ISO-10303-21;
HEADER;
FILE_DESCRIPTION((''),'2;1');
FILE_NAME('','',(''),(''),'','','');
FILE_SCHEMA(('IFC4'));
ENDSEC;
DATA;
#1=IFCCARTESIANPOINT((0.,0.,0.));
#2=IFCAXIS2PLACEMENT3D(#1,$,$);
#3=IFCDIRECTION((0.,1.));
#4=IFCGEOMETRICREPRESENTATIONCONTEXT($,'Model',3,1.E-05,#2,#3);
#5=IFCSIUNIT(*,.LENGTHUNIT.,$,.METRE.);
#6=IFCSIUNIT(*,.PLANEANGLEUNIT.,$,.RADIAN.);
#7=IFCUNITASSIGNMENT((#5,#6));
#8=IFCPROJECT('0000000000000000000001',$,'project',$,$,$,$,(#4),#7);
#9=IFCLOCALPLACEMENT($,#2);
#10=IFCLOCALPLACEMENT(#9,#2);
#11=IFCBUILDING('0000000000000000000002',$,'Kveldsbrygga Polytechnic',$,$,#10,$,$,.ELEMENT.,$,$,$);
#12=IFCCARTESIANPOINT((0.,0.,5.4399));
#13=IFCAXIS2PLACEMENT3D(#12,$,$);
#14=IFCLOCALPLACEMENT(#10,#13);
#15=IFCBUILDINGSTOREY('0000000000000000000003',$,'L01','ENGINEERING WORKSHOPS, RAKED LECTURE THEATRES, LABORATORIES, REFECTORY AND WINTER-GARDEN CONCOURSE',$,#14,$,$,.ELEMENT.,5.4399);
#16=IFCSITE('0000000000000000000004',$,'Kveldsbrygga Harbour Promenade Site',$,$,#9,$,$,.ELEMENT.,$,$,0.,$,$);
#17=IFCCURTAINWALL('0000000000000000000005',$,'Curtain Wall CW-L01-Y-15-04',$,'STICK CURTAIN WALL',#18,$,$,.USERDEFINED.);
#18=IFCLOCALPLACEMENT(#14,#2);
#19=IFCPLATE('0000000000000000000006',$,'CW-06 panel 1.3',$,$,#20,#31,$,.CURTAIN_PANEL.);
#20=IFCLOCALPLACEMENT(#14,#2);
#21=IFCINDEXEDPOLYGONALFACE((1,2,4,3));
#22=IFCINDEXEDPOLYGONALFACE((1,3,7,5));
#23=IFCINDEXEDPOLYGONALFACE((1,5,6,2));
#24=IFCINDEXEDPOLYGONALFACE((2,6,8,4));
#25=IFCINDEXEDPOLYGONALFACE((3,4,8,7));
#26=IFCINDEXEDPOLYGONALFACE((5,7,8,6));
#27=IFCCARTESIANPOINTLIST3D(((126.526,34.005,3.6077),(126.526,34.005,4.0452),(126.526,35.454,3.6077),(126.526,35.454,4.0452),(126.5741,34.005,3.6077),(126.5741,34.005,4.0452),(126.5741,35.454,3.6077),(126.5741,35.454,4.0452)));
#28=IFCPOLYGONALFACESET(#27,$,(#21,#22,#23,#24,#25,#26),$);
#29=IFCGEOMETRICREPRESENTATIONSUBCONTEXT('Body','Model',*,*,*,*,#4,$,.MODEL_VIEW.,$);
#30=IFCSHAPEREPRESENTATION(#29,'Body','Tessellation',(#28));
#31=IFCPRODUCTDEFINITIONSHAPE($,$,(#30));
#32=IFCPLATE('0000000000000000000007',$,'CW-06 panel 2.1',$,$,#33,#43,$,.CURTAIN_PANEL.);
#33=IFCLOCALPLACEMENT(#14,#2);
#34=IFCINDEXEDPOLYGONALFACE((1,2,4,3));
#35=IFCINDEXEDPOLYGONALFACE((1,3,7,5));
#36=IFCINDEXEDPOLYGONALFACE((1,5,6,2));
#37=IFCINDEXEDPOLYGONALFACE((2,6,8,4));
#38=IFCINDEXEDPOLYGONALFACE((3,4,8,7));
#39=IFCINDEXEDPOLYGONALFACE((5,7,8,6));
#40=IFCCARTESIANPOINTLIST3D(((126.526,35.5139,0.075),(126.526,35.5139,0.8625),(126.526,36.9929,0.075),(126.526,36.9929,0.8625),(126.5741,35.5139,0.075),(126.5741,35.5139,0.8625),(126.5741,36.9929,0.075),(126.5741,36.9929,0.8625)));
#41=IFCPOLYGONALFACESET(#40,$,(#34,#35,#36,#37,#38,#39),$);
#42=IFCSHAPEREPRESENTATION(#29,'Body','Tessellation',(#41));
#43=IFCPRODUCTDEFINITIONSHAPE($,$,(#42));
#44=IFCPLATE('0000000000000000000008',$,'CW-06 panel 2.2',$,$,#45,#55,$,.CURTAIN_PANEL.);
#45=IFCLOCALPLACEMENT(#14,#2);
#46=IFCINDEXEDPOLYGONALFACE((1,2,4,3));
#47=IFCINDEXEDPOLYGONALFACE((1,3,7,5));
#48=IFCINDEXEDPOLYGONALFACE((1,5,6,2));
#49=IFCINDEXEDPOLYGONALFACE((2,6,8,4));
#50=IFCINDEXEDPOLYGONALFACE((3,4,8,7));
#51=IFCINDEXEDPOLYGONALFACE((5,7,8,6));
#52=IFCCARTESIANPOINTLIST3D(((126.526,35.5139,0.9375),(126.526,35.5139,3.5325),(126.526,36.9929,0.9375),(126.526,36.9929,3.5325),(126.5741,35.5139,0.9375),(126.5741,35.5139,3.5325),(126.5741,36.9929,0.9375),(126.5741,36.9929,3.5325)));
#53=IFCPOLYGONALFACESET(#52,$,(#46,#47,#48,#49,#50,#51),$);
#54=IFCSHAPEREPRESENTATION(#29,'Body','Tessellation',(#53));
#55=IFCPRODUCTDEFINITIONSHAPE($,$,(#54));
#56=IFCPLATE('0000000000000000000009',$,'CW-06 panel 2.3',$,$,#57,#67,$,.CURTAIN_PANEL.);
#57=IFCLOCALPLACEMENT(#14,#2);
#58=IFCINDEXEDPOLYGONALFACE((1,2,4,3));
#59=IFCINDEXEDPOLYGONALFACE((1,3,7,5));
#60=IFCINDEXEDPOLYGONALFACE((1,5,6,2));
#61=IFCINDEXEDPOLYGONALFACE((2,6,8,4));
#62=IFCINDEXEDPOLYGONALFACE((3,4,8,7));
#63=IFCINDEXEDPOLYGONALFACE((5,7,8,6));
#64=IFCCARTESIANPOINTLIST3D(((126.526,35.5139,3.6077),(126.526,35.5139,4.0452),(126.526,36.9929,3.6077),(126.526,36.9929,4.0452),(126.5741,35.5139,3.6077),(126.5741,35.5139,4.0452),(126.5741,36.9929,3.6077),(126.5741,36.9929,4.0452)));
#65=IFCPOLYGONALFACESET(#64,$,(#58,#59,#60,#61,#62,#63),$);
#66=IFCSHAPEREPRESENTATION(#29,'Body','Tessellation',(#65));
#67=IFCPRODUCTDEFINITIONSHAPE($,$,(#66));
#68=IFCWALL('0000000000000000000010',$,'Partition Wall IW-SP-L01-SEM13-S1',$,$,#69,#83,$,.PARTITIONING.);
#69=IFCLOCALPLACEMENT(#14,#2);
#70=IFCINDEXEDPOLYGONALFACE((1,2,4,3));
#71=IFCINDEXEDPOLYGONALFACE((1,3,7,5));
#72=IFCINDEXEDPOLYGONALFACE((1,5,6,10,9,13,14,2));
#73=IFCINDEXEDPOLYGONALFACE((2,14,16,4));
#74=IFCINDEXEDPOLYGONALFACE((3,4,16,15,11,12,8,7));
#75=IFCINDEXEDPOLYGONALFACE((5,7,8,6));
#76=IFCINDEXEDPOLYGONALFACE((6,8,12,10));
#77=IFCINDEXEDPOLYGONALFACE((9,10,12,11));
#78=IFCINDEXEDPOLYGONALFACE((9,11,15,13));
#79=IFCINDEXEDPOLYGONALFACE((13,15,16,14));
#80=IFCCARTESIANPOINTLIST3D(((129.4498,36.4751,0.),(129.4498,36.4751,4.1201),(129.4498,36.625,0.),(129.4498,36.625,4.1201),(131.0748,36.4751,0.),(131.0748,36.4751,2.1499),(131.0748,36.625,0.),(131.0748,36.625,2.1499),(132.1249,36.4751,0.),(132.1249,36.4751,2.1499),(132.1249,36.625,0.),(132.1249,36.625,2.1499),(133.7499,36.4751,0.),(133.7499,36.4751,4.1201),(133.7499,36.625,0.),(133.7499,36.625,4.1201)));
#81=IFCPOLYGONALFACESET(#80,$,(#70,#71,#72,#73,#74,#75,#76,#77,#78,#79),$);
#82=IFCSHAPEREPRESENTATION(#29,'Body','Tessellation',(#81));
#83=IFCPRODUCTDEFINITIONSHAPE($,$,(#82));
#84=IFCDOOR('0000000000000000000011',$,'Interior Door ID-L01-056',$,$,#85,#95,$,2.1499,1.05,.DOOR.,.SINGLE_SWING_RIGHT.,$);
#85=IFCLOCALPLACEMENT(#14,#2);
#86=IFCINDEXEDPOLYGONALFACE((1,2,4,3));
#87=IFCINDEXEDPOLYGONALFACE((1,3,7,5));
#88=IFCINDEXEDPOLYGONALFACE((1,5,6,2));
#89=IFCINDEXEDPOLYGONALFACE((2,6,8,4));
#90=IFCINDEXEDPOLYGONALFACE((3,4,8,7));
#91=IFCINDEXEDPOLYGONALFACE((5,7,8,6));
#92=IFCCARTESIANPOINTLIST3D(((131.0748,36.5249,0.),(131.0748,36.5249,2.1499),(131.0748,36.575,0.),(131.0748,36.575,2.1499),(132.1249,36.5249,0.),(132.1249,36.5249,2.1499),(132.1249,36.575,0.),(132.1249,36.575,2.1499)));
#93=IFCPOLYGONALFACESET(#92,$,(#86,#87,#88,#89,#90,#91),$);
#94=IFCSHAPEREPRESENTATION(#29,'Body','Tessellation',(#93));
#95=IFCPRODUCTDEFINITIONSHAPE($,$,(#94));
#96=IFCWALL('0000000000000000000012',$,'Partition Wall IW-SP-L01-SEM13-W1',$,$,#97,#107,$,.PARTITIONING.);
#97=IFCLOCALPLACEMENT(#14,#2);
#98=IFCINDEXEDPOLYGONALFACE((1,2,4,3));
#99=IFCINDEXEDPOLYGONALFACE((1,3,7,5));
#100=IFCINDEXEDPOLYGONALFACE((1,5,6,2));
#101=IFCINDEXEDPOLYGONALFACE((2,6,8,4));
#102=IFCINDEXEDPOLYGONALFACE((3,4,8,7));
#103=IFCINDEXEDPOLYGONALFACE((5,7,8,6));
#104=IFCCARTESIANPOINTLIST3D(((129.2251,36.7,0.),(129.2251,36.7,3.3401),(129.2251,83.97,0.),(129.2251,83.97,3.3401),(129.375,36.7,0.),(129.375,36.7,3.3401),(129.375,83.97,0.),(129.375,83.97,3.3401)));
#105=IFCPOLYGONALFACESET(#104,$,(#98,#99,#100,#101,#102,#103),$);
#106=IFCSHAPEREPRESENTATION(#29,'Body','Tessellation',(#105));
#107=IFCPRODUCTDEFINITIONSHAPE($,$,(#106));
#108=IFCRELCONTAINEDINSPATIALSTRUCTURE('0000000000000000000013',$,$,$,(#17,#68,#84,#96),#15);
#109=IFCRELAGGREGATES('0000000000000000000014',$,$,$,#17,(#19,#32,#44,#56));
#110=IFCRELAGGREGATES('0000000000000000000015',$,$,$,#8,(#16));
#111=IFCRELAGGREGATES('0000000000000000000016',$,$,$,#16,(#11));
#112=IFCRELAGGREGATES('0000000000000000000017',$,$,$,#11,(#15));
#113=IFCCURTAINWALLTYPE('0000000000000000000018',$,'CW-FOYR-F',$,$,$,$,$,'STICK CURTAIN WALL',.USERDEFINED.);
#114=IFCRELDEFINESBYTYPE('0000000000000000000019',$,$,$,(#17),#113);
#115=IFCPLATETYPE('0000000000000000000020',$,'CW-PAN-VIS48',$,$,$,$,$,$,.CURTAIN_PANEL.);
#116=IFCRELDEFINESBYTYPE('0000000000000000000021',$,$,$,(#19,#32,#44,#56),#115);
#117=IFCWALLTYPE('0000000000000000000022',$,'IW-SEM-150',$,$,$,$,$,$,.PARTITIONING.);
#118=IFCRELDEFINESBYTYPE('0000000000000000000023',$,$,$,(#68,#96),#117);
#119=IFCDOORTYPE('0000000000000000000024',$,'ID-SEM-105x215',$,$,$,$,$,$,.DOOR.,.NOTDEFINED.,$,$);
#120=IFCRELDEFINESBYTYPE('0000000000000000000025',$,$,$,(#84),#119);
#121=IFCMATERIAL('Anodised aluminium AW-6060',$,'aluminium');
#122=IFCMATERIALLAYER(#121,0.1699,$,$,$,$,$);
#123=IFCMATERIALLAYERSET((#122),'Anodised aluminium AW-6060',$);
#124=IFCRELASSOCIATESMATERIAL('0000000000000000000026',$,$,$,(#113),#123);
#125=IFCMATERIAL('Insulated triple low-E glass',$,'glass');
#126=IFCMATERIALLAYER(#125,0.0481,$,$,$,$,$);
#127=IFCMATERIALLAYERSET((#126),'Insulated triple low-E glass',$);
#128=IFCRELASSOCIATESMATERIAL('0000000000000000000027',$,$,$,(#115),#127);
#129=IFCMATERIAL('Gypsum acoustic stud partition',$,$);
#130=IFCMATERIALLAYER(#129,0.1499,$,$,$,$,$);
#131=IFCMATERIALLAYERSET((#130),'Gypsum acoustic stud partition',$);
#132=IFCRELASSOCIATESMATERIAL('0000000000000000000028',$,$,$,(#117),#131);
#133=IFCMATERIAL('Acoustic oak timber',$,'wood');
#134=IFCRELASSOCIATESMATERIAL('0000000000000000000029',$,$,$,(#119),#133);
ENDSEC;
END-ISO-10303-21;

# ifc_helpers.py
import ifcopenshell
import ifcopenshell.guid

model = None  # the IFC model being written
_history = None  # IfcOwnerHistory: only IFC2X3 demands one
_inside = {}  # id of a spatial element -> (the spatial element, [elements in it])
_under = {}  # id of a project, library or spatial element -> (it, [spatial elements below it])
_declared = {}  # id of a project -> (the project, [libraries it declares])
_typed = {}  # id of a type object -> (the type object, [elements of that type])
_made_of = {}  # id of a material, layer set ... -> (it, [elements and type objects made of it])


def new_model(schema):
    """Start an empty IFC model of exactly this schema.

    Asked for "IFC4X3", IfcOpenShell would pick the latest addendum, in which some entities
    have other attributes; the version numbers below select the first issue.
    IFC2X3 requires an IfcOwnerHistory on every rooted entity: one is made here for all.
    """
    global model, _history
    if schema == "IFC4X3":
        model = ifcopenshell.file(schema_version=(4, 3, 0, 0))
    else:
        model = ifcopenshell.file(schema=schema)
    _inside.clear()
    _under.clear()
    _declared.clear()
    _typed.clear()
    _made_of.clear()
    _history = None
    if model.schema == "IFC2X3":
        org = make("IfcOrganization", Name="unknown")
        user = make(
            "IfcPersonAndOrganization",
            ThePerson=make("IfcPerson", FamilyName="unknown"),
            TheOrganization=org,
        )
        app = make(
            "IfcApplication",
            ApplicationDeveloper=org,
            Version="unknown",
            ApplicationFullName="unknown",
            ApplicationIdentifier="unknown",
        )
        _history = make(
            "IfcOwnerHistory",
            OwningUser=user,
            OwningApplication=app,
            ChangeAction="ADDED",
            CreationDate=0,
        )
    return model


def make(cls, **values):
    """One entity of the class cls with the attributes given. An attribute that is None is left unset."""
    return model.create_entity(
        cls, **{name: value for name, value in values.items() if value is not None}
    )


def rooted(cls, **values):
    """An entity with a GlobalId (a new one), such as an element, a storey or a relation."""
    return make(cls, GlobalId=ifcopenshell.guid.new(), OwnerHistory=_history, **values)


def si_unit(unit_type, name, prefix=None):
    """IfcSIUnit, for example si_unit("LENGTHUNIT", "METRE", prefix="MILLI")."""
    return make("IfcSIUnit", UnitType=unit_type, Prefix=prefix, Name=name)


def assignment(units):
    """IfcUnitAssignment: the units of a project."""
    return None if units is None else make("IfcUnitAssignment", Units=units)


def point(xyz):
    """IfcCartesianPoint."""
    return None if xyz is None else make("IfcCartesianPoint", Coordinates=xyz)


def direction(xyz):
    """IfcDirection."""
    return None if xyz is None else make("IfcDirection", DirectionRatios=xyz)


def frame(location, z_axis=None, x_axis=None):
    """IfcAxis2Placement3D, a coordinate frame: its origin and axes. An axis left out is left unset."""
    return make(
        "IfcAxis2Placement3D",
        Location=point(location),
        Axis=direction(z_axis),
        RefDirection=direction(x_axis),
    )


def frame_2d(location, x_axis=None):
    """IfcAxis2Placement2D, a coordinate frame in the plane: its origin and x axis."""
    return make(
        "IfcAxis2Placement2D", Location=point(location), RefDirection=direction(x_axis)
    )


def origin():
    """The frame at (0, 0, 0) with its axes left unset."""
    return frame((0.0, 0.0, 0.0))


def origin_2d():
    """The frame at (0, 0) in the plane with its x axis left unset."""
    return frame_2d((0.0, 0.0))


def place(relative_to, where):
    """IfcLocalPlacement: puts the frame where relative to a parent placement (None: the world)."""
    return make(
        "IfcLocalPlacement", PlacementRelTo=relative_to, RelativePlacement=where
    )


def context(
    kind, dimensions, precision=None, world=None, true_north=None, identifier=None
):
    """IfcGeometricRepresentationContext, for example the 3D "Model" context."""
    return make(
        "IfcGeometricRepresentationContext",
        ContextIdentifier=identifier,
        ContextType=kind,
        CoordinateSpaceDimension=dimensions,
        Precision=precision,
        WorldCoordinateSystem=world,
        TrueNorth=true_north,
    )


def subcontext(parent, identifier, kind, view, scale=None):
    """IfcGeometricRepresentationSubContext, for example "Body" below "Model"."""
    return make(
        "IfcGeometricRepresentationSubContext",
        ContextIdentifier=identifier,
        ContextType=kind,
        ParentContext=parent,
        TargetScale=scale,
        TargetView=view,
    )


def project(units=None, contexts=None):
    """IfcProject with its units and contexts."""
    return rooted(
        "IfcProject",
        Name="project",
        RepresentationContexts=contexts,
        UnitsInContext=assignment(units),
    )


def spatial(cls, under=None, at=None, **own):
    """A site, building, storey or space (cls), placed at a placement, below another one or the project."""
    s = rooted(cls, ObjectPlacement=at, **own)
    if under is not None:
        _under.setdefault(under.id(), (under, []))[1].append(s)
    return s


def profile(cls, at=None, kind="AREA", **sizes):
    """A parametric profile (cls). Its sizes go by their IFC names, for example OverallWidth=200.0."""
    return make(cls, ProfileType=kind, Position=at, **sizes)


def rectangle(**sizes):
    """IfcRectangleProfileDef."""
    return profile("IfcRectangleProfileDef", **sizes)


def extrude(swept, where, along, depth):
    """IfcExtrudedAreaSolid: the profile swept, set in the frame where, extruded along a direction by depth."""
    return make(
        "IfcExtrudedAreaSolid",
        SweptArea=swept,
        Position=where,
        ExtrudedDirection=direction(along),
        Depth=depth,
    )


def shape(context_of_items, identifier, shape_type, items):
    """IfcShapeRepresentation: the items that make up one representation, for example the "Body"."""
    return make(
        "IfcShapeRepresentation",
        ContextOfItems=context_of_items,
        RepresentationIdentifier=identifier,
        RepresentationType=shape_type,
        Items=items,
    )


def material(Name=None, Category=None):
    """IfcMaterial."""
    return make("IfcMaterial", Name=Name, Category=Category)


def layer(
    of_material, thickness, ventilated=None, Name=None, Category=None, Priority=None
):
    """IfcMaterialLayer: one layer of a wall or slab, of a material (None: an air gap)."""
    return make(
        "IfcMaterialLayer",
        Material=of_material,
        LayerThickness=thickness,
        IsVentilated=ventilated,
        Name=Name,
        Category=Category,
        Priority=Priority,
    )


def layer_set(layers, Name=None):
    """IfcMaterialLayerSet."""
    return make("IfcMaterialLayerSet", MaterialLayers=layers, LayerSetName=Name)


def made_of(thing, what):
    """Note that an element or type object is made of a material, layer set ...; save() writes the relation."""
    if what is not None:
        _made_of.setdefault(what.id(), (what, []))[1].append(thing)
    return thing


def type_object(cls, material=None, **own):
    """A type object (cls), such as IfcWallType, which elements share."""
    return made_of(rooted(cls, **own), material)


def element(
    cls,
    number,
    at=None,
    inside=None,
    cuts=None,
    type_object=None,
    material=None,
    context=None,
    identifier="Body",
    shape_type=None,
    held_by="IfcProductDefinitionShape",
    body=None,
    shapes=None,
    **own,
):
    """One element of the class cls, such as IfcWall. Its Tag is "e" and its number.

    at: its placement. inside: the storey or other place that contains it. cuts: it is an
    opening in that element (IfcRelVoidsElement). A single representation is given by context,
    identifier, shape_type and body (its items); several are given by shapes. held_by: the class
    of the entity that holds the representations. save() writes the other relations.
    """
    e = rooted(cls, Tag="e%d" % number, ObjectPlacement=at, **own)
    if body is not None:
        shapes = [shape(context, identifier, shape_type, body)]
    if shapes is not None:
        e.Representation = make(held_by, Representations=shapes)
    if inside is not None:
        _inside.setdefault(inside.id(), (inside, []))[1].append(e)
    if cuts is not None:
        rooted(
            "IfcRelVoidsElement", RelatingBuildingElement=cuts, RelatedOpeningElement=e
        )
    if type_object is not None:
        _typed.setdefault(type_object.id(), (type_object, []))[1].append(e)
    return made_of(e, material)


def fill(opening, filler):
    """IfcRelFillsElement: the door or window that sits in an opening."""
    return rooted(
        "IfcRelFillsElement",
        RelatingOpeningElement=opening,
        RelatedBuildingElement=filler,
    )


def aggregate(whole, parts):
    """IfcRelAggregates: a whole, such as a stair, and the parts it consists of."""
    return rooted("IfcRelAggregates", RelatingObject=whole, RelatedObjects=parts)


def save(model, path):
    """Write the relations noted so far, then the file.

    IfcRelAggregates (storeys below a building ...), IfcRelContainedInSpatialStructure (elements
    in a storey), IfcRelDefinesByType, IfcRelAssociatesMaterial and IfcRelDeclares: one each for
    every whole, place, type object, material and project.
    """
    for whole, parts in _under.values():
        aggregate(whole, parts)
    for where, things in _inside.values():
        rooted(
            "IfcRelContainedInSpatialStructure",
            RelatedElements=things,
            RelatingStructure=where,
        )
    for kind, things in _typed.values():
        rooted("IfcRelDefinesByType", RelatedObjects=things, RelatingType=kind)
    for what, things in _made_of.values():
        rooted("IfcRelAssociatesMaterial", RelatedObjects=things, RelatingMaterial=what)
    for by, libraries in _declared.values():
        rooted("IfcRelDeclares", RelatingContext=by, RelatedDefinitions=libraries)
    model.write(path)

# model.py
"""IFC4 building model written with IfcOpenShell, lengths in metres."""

from ifc_helpers import new_model, si_unit, direction, frame, frame_2d, origin, origin_2d, place, context, subcontext, project, spatial, rectangle, extrude, material, layer, layer_set, type_object, element, fill, aggregate, save


model = new_model("IFC4")

# Units and contexts
model_context = context("Model", 3, precision=1e-05, world=origin(), true_north=direction((0.0, 1.0)))
body_context = subcontext(model_context, "Body", "Model", "MODEL_VIEW")
ifc_project = project(units=[si_unit("LENGTHUNIT", "METRE"), si_unit("PLANEANGLEUNIT", "RADIAN")], contexts=[model_context])

# Site, building, storey
site_placement = place(None, origin())
site = spatial("IfcSite", under=ifc_project, at=site_placement, Name="Kveldsbrygga Harbour Promenade Site", CompositionType="ELEMENT", RefElevation=0.0)
building_placement = place(site_placement, origin())
building = spatial("IfcBuilding", under=site, at=building_placement, Name="Kveldsbrygga Polytechnic", CompositionType="ELEMENT")
storey_placement = place(building_placement, frame((0.0, 0.0, 5.4399)))
storey = spatial("IfcBuildingStorey", under=building, at=storey_placement, Name="L01", Description="ENGINEERING WORKSHOPS, RAKED LECTURE THEATRES, LABORATORIES, REFECTORY AND WINTER-GARDEN CONCOURSE", CompositionType="ELEMENT", Elevation=5.4399)

# Curtain wall, plates
ifc_material_1 = material(Name="Anodised aluminium AW-6060", Category="aluminium")
ifc_layer_1 = layer(ifc_material_1, 0.1699)
ifc_layer_set_1 = layer_set([ifc_layer_1], Name="Anodised aluminium AW-6060")
curtain_wall_type = type_object("IfcCurtainWallType", Name="CW-FOYR-F", ElementType="STICK CURTAIN WALL", PredefinedType="USERDEFINED", material=ifc_layer_set_1)
curtain_wall_placement = place(storey_placement, origin())
curtain_wall = element("IfcCurtainWall", 1, at=curtain_wall_placement, inside=storey, type_object=curtain_wall_type, Name="Curtain Wall CW-L01-Y-15-04", ObjectType="STICK CURTAIN WALL", PredefinedType="USERDEFINED")
ifc_material_2 = material(Name="Insulated triple low-E glass", Category="glass")
ifc_layer_2 = layer(ifc_material_2, 0.0481)
ifc_layer_set_2 = layer_set([ifc_layer_2], Name="Insulated triple low-E glass")
plate_type = type_object("IfcPlateType", Name="CW-PAN-VIS48", PredefinedType="CURTAIN_PANEL", material=ifc_layer_set_2)
plate_1_placement = place(storey_placement, frame((126.55, 34.7295, 3.6077), z_axis=(0.0, 0.0, 1.0), x_axis=(0.0, 1.0, 0.0)))
plate_1 = element("IfcPlate", 2, at=plate_1_placement, type_object=plate_type, Name="CW-06 panel 1.3", PredefinedType="CURTAIN_PANEL", context=body_context, shape_type="SweptSolid", body=[
    extrude(rectangle(XDim=1.449, YDim=0.0481, at=origin_2d()), origin(), (0.0, 0.0, 1.0), 0.4375),
])
plate_2_placement = place(storey_placement, frame((126.55, 36.2534, 0.075), z_axis=(0.0, 0.0, 1.0), x_axis=(0.0, 1.0, 0.0)))
plate_2 = element("IfcPlate", 3, at=plate_2_placement, type_object=plate_type, Name="CW-06 panel 2.1", PredefinedType="CURTAIN_PANEL", context=body_context, shape_type="SweptSolid", body=[
    extrude(rectangle(XDim=1.479, YDim=0.0481, at=origin_2d()), origin(), (0.0, 0.0, 1.0), 0.7876),
])
plate_3_placement = place(storey_placement, frame((126.55, 36.2534, 0.9375), z_axis=(0.0, 0.0, 1.0), x_axis=(0.0, 1.0, 0.0)))
plate_3 = element("IfcPlate", 4, at=plate_3_placement, type_object=plate_type, Name="CW-06 panel 2.2", PredefinedType="CURTAIN_PANEL", context=body_context, shape_type="SweptSolid", body=[
    extrude(rectangle(XDim=1.479, YDim=0.0481, at=origin_2d()), origin(), (0.0, 0.0, 1.0), 2.595),
])
plate_4_placement = place(storey_placement, frame((126.55, 36.2534, 3.6077), z_axis=(0.0, 0.0, 1.0), x_axis=(0.0, 1.0, 0.0)))
plate_4 = element("IfcPlate", 5, at=plate_4_placement, type_object=plate_type, Name="CW-06 panel 2.3", PredefinedType="CURTAIN_PANEL", context=body_context, shape_type="SweptSolid", body=[
    extrude(rectangle(XDim=1.479, YDim=0.0481, at=origin_2d()), origin(), (0.0, 0.0, 1.0), 0.4375),
])
aggregate(curtain_wall, [plate_1, plate_2, plate_3, plate_4])

# Wall, opening, door
ifc_material_3 = material(Name="Gypsum acoustic stud partition")
ifc_layer_3 = layer(ifc_material_3, 0.1499)
ifc_layer_set_3 = layer_set([ifc_layer_3], Name="Gypsum acoustic stud partition")
wall_type = type_object("IfcWallType", Name="IW-SEM-150", PredefinedType="PARTITIONING", material=ifc_layer_set_3)
wall_1_placement = place(storey_placement, frame((129.45, 36.55, 0.0), z_axis=(0.0, 0.0, 1.0), x_axis=(1.0, 0.0, 0.0)))
wall_1 = element("IfcWall", 6, at=wall_1_placement, inside=storey, type_object=wall_type, Name="Partition Wall IW-SP-L01-SEM13-S1", PredefinedType="PARTITIONING", context=body_context, shape_type="SweptSolid", body=[
    extrude(rectangle(XDim=4.3, YDim=0.1499, at=frame_2d((2.1499, 0.0))), origin(), (0.0, 0.0, 1.0), 4.1201),
])
opening_placement = place(wall_1_placement, frame((1.625, 0.0, 0.0)))
opening = element("IfcOpeningElement", 7, at=opening_placement, cuts=wall_1, PredefinedType="OPENING", context=body_context, shape_type="SweptSolid", body=[
    extrude(rectangle(XDim=1.05, YDim=2.1499, at=frame_2d((0.5249, 1.075))), frame((0.0, 0.085, 0.0), z_axis=(0.0, -1.0, 0.0), x_axis=(1.0, 0.0, 0.0)), (0.0, 0.0, 1.0), 0.1699),
])
ifc_material_4 = material(Name="Acoustic oak timber", Category="wood")
door_type = type_object("IfcDoorType", Name="ID-SEM-105x215", OperationType="NOTDEFINED", PredefinedType="DOOR", material=ifc_material_4)
door_placement = place(opening_placement, origin())
door = element("IfcDoor", 8, at=door_placement, inside=storey, type_object=door_type, Name="Interior Door ID-L01-056", OperationType="SINGLE_SWING_RIGHT", OverallHeight=2.1499, OverallWidth=1.05, PredefinedType="DOOR", context=body_context, shape_type="SweptSolid", body=[
    extrude(rectangle(XDim=1.05, YDim=2.1499, at=frame_2d((0.5249, 1.075))), frame((0.0, 0.0249, 0.0), z_axis=(0.0, -1.0, 0.0), x_axis=(1.0, 0.0, 0.0)), (0.0, 0.0, 1.0), 0.05),
])
fill(opening, door)

# Wall
wall_2_placement = place(storey_placement, frame((129.3, 36.7, 0.0), z_axis=(0.0, 0.0, 1.0), x_axis=(0.0, 1.0, 0.0)))
element("IfcWall", 9, at=wall_2_placement, inside=storey, type_object=wall_type, Name="Partition Wall IW-SP-L01-SEM13-W1", PredefinedType="PARTITIONING", context=body_context, shape_type="SweptSolid", body=[
    extrude(rectangle(XDim=47.27, YDim=0.1499, at=frame_2d((23.635, 0.0))), origin(), (0.0, 0.0, 1.0), 3.3401),
])

save(model, "model.ifc")
